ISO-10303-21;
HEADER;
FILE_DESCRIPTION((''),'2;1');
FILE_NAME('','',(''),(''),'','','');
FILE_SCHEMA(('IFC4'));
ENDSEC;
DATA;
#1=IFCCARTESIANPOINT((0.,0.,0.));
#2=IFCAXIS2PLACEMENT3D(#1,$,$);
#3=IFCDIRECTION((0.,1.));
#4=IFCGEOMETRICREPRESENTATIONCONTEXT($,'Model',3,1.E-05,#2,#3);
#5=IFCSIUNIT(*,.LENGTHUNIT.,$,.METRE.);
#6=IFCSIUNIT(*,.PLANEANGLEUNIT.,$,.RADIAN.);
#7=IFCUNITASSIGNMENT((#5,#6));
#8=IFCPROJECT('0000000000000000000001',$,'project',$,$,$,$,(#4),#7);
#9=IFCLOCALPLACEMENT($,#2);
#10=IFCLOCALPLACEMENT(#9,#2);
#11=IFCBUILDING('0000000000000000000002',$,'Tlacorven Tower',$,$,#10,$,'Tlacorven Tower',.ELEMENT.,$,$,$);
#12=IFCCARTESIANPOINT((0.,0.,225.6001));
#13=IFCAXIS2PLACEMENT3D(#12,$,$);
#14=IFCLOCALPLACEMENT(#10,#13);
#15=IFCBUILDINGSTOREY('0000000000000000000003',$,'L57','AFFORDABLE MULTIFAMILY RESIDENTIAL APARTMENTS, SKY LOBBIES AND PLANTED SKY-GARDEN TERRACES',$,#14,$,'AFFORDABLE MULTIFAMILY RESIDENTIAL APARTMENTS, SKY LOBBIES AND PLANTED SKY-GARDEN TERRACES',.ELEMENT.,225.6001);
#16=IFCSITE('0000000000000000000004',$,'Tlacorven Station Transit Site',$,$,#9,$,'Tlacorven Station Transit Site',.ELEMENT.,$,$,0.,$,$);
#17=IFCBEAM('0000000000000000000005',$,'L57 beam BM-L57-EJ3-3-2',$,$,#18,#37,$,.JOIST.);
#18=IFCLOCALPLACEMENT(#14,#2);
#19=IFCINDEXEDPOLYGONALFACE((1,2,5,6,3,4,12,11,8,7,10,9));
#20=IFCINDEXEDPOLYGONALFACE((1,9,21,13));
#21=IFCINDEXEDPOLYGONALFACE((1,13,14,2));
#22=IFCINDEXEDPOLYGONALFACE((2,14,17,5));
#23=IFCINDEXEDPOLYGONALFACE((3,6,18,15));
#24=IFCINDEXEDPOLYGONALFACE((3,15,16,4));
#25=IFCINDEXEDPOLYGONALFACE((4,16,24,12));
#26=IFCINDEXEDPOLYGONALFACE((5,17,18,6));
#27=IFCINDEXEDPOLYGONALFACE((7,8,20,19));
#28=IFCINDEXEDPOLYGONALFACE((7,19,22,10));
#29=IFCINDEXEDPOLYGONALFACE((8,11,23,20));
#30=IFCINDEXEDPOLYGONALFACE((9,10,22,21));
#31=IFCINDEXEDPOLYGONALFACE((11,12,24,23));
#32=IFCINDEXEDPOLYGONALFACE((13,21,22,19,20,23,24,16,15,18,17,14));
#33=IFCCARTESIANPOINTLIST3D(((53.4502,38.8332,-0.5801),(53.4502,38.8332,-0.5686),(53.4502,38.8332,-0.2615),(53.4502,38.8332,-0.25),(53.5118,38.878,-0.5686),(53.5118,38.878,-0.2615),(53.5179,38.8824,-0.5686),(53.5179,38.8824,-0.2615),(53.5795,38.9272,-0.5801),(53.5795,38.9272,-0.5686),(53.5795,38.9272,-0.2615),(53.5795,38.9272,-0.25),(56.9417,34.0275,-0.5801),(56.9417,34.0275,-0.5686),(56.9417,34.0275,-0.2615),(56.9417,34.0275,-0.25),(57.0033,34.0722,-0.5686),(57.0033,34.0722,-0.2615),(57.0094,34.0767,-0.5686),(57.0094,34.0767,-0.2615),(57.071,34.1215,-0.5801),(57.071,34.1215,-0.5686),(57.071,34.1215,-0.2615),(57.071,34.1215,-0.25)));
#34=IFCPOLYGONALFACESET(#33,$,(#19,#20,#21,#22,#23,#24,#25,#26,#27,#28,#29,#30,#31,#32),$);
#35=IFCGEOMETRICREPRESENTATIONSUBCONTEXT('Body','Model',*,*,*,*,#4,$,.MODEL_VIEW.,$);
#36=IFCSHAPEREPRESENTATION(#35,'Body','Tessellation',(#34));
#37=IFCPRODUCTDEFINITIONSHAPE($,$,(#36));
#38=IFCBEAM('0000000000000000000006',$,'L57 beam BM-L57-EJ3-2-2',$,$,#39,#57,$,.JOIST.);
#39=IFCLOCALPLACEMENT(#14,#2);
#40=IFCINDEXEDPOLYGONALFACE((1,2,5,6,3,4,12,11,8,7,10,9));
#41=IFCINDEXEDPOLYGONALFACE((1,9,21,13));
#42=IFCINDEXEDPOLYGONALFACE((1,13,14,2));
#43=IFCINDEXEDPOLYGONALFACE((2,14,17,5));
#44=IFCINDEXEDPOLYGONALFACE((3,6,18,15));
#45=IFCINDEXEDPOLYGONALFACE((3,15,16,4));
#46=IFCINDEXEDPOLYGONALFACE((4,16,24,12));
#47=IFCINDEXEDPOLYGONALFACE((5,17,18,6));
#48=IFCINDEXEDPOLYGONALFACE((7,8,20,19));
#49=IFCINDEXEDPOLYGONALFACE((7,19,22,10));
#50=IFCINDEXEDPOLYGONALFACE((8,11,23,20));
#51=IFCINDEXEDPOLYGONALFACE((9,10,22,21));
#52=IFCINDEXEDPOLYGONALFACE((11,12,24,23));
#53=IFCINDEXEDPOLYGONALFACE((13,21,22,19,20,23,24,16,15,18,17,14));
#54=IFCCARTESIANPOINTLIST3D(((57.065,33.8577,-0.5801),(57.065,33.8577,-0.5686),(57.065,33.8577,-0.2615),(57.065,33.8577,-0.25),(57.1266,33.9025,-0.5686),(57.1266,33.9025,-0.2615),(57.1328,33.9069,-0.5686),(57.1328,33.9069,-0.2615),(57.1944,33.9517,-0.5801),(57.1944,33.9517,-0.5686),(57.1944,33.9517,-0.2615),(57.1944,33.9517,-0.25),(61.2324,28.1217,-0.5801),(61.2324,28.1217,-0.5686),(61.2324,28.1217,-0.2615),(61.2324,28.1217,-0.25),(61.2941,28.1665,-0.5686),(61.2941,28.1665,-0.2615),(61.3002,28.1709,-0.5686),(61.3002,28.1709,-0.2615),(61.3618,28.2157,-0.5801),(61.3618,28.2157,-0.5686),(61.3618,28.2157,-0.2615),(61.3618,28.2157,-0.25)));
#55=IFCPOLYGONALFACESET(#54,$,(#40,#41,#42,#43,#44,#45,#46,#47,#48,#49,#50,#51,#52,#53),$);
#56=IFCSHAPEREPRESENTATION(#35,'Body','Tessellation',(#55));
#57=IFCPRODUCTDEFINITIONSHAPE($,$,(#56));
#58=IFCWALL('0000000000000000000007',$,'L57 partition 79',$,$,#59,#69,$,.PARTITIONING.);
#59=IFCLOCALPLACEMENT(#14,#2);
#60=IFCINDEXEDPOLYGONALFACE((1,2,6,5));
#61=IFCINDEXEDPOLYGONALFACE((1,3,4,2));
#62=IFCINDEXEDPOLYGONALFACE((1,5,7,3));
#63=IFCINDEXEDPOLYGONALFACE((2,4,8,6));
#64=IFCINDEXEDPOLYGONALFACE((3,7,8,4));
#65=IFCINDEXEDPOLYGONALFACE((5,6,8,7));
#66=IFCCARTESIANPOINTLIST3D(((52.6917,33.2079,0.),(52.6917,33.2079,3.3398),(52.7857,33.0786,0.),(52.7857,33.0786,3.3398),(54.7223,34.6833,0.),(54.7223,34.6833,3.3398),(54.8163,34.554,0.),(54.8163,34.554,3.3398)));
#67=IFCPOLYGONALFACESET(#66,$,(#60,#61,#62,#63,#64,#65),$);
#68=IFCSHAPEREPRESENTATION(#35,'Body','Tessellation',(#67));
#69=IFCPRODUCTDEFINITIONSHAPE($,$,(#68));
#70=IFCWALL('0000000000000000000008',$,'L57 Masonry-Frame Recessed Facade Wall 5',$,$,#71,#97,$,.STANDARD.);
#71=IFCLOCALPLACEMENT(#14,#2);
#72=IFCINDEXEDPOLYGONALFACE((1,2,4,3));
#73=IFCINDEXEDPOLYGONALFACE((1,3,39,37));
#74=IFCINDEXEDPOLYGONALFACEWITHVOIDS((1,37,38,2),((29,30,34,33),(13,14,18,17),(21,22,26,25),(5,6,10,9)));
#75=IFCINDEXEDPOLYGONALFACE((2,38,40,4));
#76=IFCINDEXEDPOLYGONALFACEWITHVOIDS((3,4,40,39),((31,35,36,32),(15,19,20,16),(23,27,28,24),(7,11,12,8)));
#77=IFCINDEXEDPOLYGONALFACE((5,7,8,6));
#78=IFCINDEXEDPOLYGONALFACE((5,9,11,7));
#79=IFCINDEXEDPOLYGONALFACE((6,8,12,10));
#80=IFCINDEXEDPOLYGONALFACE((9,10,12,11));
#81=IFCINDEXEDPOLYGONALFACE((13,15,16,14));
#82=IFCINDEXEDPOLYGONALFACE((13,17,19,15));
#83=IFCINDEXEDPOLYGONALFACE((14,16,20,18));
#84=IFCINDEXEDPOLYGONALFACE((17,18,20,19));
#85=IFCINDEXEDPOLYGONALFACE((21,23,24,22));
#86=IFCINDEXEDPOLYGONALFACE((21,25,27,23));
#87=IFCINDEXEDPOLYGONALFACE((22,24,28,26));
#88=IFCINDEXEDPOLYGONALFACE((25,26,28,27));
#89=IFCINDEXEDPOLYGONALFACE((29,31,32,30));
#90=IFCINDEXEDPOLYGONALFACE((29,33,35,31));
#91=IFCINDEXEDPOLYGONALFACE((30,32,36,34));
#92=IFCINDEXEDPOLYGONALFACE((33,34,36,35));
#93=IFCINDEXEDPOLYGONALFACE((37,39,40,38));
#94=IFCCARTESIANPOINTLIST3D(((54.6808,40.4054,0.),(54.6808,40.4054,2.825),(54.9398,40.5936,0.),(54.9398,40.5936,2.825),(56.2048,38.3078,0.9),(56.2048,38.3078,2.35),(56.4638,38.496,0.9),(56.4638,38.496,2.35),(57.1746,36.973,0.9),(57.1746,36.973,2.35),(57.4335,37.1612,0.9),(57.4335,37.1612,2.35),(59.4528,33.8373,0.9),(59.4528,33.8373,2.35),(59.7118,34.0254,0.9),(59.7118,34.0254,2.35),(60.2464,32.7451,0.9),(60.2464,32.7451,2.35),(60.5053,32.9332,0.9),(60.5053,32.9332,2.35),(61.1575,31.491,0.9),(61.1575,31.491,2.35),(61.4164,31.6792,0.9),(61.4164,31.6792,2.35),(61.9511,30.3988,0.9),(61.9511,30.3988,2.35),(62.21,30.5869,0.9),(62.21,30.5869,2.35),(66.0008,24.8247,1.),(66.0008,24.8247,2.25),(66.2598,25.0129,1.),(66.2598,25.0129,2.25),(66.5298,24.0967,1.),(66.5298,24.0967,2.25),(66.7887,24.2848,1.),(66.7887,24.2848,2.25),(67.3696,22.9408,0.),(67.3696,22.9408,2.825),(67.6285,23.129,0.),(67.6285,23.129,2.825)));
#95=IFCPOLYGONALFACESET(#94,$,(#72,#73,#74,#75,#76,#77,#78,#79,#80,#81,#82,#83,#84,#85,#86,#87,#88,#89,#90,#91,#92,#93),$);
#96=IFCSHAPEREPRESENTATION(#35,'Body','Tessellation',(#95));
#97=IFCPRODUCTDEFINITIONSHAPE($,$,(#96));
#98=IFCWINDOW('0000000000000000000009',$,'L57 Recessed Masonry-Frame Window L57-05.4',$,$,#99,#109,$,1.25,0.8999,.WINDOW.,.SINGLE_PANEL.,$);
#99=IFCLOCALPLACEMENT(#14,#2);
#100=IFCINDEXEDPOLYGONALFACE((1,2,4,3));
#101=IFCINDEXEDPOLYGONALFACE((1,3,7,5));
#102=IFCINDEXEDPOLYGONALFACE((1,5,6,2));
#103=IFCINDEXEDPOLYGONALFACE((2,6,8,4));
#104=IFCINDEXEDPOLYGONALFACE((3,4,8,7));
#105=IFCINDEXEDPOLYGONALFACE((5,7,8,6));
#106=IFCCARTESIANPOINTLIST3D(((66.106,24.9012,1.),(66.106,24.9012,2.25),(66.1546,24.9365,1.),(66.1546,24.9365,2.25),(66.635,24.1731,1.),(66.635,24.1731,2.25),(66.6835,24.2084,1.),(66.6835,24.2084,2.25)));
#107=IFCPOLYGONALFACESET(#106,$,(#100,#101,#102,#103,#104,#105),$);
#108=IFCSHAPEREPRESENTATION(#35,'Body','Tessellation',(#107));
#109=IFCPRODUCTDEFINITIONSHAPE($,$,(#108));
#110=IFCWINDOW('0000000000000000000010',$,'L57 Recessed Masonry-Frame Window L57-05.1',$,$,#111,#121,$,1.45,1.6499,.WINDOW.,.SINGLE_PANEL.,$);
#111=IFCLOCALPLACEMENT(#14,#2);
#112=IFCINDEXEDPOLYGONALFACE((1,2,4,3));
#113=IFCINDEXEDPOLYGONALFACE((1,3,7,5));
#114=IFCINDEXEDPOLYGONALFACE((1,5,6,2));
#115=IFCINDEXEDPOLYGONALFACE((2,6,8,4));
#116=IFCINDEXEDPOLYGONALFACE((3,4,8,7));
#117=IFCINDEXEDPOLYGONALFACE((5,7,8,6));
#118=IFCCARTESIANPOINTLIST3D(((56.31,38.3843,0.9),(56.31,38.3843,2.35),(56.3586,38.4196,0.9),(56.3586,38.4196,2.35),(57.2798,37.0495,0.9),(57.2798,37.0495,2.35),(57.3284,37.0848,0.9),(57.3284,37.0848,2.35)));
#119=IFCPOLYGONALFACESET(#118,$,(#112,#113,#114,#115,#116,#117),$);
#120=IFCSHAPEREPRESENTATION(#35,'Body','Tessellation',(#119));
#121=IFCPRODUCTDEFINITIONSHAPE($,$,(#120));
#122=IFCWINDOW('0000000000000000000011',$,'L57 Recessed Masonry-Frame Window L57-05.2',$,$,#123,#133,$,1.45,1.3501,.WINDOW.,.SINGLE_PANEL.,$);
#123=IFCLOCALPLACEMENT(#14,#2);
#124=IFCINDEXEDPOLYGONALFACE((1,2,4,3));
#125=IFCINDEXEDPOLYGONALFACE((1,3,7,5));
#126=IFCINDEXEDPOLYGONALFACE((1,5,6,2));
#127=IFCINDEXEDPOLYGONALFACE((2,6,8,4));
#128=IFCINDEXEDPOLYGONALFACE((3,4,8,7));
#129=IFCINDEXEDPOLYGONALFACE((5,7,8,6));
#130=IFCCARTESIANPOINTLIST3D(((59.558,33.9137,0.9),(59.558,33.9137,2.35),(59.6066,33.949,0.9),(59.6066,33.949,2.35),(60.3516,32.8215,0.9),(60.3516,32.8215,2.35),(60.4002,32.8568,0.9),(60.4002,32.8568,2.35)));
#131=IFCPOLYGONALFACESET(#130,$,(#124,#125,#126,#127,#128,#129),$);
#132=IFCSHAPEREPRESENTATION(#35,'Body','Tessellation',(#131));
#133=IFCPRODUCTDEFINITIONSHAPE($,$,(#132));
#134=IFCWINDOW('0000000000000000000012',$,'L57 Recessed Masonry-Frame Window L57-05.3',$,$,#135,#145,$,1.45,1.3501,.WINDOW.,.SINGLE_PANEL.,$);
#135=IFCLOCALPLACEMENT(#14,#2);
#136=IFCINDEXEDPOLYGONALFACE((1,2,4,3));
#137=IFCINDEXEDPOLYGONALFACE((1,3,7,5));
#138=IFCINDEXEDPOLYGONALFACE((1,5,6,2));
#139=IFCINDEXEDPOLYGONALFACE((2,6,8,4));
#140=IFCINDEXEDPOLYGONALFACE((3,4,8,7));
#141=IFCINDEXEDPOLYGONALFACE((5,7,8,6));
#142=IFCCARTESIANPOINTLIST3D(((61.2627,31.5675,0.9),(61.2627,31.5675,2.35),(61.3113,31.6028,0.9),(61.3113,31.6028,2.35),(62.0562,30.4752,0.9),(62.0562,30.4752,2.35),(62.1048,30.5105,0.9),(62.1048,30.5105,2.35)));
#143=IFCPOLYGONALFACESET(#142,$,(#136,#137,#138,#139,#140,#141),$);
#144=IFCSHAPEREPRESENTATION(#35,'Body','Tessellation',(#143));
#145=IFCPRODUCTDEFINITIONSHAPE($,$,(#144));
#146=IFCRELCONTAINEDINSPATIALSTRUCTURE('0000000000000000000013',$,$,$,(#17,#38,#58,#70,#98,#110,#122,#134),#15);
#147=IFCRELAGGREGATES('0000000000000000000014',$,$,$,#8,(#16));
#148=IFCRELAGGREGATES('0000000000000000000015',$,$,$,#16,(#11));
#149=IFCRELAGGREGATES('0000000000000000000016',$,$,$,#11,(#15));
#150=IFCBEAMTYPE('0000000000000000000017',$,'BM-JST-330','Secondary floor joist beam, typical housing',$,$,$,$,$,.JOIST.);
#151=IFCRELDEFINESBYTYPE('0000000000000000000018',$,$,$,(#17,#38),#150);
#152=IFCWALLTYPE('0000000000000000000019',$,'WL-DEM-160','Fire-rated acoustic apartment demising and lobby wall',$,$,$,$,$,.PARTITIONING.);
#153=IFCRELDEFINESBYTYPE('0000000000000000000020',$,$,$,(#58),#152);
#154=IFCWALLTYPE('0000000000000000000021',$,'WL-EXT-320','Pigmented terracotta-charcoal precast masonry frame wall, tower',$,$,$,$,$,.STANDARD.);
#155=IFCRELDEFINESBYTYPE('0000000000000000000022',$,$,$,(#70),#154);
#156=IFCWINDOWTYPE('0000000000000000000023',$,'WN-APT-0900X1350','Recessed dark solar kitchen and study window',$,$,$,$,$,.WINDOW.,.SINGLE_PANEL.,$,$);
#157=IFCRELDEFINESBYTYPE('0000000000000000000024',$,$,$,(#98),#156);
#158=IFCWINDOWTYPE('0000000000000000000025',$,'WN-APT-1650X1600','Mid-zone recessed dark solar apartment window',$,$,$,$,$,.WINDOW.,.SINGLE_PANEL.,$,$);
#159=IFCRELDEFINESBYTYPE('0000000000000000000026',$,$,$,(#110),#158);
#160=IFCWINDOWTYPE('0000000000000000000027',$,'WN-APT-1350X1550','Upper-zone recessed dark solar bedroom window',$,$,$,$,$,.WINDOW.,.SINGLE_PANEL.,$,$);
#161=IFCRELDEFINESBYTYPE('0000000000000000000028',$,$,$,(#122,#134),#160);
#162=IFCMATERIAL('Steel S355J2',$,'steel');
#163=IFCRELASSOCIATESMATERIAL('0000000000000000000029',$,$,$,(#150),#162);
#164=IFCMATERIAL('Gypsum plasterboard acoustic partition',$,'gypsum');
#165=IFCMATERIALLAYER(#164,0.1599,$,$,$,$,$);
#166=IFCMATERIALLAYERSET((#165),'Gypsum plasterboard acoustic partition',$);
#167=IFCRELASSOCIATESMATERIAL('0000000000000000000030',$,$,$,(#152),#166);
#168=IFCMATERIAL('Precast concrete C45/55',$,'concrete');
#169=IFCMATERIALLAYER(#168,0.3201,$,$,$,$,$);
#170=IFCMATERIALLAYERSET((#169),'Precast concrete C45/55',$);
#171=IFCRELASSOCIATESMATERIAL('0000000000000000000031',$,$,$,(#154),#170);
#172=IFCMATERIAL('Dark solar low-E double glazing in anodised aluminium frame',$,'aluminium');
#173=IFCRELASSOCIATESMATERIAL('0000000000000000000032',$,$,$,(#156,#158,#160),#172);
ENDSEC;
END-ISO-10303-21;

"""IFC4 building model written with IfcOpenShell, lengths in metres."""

from ifc_helpers import new_model, si_unit, direction, frame, frame_2d, origin, origin_2d, place, context, subcontext, project, spatial, rectangle, i_section, extrude, source, transform, mapped, material, layer, layer_set, material_profile, profile_set, type_object, element, fill, save


model = new_model("IFC4")

# Units and contexts
model_context = context("Model", 3, precision=1e-05, world=origin(), true_north=direction((0.0, 1.0)))
body_context = subcontext(model_context, "Body", "Model", "MODEL_VIEW")
ifc_project = project(units=[si_unit("LENGTHUNIT", "METRE"), si_unit("PLANEANGLEUNIT", "RADIAN")], contexts=[model_context])

# Site, building, storey
site_placement = place(None, origin())
site = spatial("IfcSite", under=ifc_project, at=site_placement, Name="Tlacorven Station Transit Site", LongName="Tlacorven Station Transit Site", CompositionType="ELEMENT", RefElevation=0.0)
building_placement = place(site_placement, origin())
building = spatial("IfcBuilding", under=site, at=building_placement, Name="Tlacorven Tower", LongName="Tlacorven Tower", CompositionType="ELEMENT")
storey_placement = place(building_placement, frame((0.0, 0.0, 225.6001)))
storey = spatial("IfcBuildingStorey", under=building, at=storey_placement, Name="L57", Description="AFFORDABLE MULTIFAMILY RESIDENTIAL APARTMENTS, SKY LOBBIES AND PLANTED SKY-GARDEN TERRACES", LongName="AFFORDABLE MULTIFAMILY RESIDENTIAL APARTMENTS, SKY LOBBIES AND PLANTED SKY-GARDEN TERRACES", CompositionType="ELEMENT", Elevation=225.6001)

# Beams
ifc_material_1 = material(Name="Steel S355J2", Category="steel")
ifc_material_profile_1 = material_profile(ifc_material_1, i_section(OverallWidth=0.1599, OverallDepth=0.3301, WebThickness=0.0076, FlangeThickness=0.0115, at=origin_2d()), Name="IPE 330")
ifc_profile_set_1 = profile_set([ifc_material_profile_1], Name="Steel S355J2")
beam_type_1 = type_object("IfcBeamType", Name="BM-JST-330", Description="Secondary floor joist beam, typical housing", PredefinedType="JOIST", material=ifc_profile_set_1)
shared_shape_1 = source(origin(), body_context, "Body", "SweptSolid", [
    extrude(i_section(OverallWidth=0.1599, OverallDepth=0.3301, WebThickness=0.0076, FlangeThickness=0.0115, at=origin_2d()), origin(), (0.0, 0.0, 1.0), 5.9402),
])
for number, where, z_axis, x_axis, name in (
    (1, (57.0063, 34.0745, -0.415), (-0.587778, 0.809022, 0.0), (-0.809022, -0.587778, 0.0), "L57 beam BM-L57-EJ3-3-2"),
):
    element("IfcBeam", number, at=place(storey_placement, frame(where, z_axis=z_axis, x_axis=x_axis)), inside=storey, type_object=beam_type_1, Name=name, PredefinedType="JOIST", context=body_context, shape_type="MappedRepresentation", body=[
        mapped(shared_shape_1, transform((0.0, 0.0, 0.0), scale=1.0)),
    ])
shared_shape_2 = source(origin(), body_context, "Body", "SweptSolid", [
    extrude(i_section(OverallWidth=0.1599, OverallDepth=0.3301, WebThickness=0.0076, FlangeThickness=0.0115, at=origin_2d()), origin(), (0.0, 0.0, 1.0), 7.0901),
])
beam_1_placement = place(storey_placement, frame((61.2971, 28.1687, -0.415), z_axis=(-0.587783, 0.809019, 0.0), x_axis=(-0.809019, -0.587783, 0.0)))
element("IfcBeam", 2, at=beam_1_placement, inside=storey, type_object=beam_type_1, Name="L57 beam BM-L57-EJ3-2-2", PredefinedType="JOIST", context=body_context, shape_type="MappedRepresentation", body=[
    mapped(shared_shape_2, transform((0.0, 0.0, 0.0), scale=1.0)),
])

# Wall
ifc_material_2 = material(Name="Gypsum plasterboard acoustic partition", Category="gypsum")
ifc_layer_1 = layer(ifc_material_2, 0.1599)
ifc_layer_set_1 = layer_set([ifc_layer_1], Name="Gypsum plasterboard acoustic partition")
wall_type_1 = type_object("IfcWallType", Name="WL-DEM-160", Description="Fire-rated acoustic apartment demising and lobby wall", PredefinedType="PARTITIONING", material=ifc_layer_set_1)
wall_1_placement = place(storey_placement, frame((52.7388, 33.1433, 0.0), z_axis=(0.0, 0.0, 1.0), x_axis=(0.809001, 0.587807, 0.0)))
element("IfcWall", 3, at=wall_1_placement, inside=storey, type_object=wall_type_1, Name="L57 partition 79", PredefinedType="PARTITIONING", context=body_context, shape_type="SweptSolid", body=[
    extrude(rectangle(XDim=2.51, YDim=0.1599, at=frame_2d((1.2549, 0.0))), origin(), (0.0, 0.0, 1.0), 3.3398),
])

# Wall, openings, windows
ifc_material_3 = material(Name="Precast concrete C45/55", Category="concrete")
ifc_layer_2 = layer(ifc_material_3, 0.3201)
ifc_layer_set_2 = layer_set([ifc_layer_2], Name="Precast concrete C45/55")
wall_type_2 = type_object("IfcWallType", Name="WL-EXT-320", Description="Pigmented terracotta-charcoal precast masonry frame wall, tower", PredefinedType="STANDARD", material=ifc_layer_set_2)
wall_2_placement = place(storey_placement, frame((54.8103, 40.4995, 0.0), z_axis=(0.0, 0.0, 1.0), x_axis=(0.587784, -0.809018, 0.0)))
wall_2 = element("IfcWall", 4, at=wall_2_placement, inside=storey, type_object=wall_type_2, Name="L57 Masonry-Frame Recessed Facade Wall 5", PredefinedType="STANDARD", context=body_context, shape_type="SweptSolid", body=[
    extrude(rectangle(XDim=21.5874, YDim=0.3201, at=frame_2d((10.7937, 0.0))), origin(), (0.0, 0.0, 1.0), 2.825),
])
opening_1_placement = place(wall_2_placement, frame((2.5928, 0.0, 0.8999)))
opening_1 = element("IfcOpeningElement", 5, at=opening_1_placement, cuts=wall_2, PredefinedType="OPENING", context=body_context, shape_type="SweptSolid", body=[
    extrude(rectangle(XDim=1.6499, YDim=1.45, at=frame_2d((0.825, 0.7251))), frame((0.0, 0.1699, 0.0), z_axis=(0.0, -1.0, 0.0), x_axis=(1.0, 0.0, 0.0)), (0.0, 0.0, 1.0), 0.3401),
])
opening_2_placement = place(wall_2_placement, frame((8.1187, 0.0, 0.8999)))
opening_2 = element("IfcOpeningElement", 6, at=opening_2_placement, cuts=wall_2, PredefinedType="OPENING", context=body_context, shape_type="SweptSolid", body=[
    extrude(rectangle(XDim=1.3501, YDim=1.45, at=frame_2d((0.675, 0.7251))), frame((0.0, 0.1699, 0.0), z_axis=(0.0, -1.0, 0.0), x_axis=(1.0, 0.0, 0.0)), (0.0, 0.0, 1.0), 0.3401),
])
opening_3_placement = place(wall_2_placement, frame((11.0188, 0.0, 0.8999)))
opening_3 = element("IfcOpeningElement", 7, at=opening_3_placement, cuts=wall_2, PredefinedType="OPENING", context=body_context, shape_type="SweptSolid", body=[
    extrude(rectangle(XDim=1.3501, YDim=1.45, at=frame_2d((0.675, 0.7251))), frame((0.0, 0.1699, 0.0), z_axis=(0.0, -1.0, 0.0), x_axis=(1.0, 0.0, 0.0)), (0.0, 0.0, 1.0), 0.3401),
])
opening_4_placement = place(wall_2_placement, frame((19.2588, 0.0, 1.0)))
opening_4 = element("IfcOpeningElement", 8, at=opening_4_placement, cuts=wall_2, PredefinedType="OPENING", context=body_context, shape_type="SweptSolid", body=[
    extrude(rectangle(XDim=0.8999, YDim=1.25, at=frame_2d((0.45, 0.625))), frame((0.0, 0.1699, 0.0), z_axis=(0.0, -1.0, 0.0), x_axis=(1.0, 0.0, 0.0)), (0.0, 0.0, 1.0), 0.3401),
])
ifc_material_4 = material(Name="Dark solar low-E double glazing in anodised aluminium frame", Category="aluminium")
window_type_1 = type_object("IfcWindowType", Name="WN-APT-0900X1350", Description="Recessed dark solar kitchen and study window", PartitioningType="SINGLE_PANEL", PredefinedType="WINDOW", material=ifc_material_4)
shared_shape_3 = source(origin(), body_context, "Body", "SweptSolid", [
    extrude(rectangle(XDim=0.8999, YDim=1.25, at=frame_2d((0.45, 0.625))), frame((0.0, 0.03, 0.0), z_axis=(0.0, -1.0, 0.0), x_axis=(1.0, 0.0, 0.0)), (0.0, 0.0, 1.0), 0.0601),
])
window_1_placement = place(opening_4_placement, origin())
window_1 = element("IfcWindow", 9, at=window_1_placement, inside=storey, type_object=window_type_1, Name="L57 Recessed Masonry-Frame Window L57-05.4", OverallHeight=1.25, OverallWidth=0.8999, PartitioningType="SINGLE_PANEL", PredefinedType="WINDOW", context=body_context, shape_type="MappedRepresentation", body=[
    mapped(shared_shape_3, transform((0.0, 0.0, 0.0), scale=1.0)),
])
fill(opening_4, window_1)
window_type_2 = type_object("IfcWindowType", Name="WN-APT-1650X1600", Description="Mid-zone recessed dark solar apartment window", PartitioningType="SINGLE_PANEL", PredefinedType="WINDOW", material=ifc_material_4)
shared_shape_4 = source(origin(), body_context, "Body", "SweptSolid", [
    extrude(rectangle(XDim=1.6499, YDim=1.45, at=frame_2d((0.825, 0.7251))), frame((0.0, 0.03, 0.0), z_axis=(0.0, -1.0, 0.0), x_axis=(1.0, 0.0, 0.0)), (0.0, 0.0, 1.0), 0.0601),
])
window_2_placement = place(opening_1_placement, origin())
window_2 = element("IfcWindow", 10, at=window_2_placement, inside=storey, type_object=window_type_2, Name="L57 Recessed Masonry-Frame Window L57-05.1", OverallHeight=1.45, OverallWidth=1.6499, PartitioningType="SINGLE_PANEL", PredefinedType="WINDOW", context=body_context, shape_type="MappedRepresentation", body=[
    mapped(shared_shape_4, transform((0.0, 0.0, 0.0), scale=1.0)),
])
fill(opening_1, window_2)
window_type_3 = type_object("IfcWindowType", Name="WN-APT-1350X1550", Description="Upper-zone recessed dark solar bedroom window", PartitioningType="SINGLE_PANEL", PredefinedType="WINDOW", material=ifc_material_4)
shared_shape_5 = source(origin(), body_context, "Body", "SweptSolid", [
    extrude(rectangle(XDim=1.3501, YDim=1.45, at=frame_2d((0.675, 0.7251))), frame((0.0, 0.03, 0.0), z_axis=(0.0, -1.0, 0.0), x_axis=(1.0, 0.0, 0.0)), (0.0, 0.0, 1.0), 0.0601),
])
window_3_placement = place(opening_2_placement, origin())
window_3 = element("IfcWindow", 11, at=window_3_placement, inside=storey, type_object=window_type_3, Name="L57 Recessed Masonry-Frame Window L57-05.2", OverallHeight=1.45, OverallWidth=1.3501, PartitioningType="SINGLE_PANEL", PredefinedType="WINDOW", context=body_context, shape_type="MappedRepresentation", body=[
    mapped(shared_shape_5, transform((0.0, 0.0, 0.0), scale=1.0)),
])
fill(opening_2, window_3)
window_4_placement = place(opening_3_placement, origin())
window_4 = element("IfcWindow", 12, at=window_4_placement, inside=storey, type_object=window_type_3, Name="L57 Recessed Masonry-Frame Window L57-05.3", OverallHeight=1.45, OverallWidth=1.3501, PartitioningType="SINGLE_PANEL", PredefinedType="WINDOW", context=body_context, shape_type="MappedRepresentation", body=[
    mapped(shared_shape_5, transform((0.0, 0.0, 0.0), scale=1.0)),
])
fill(opening_3, window_4)

save(model, "model.ifc")
